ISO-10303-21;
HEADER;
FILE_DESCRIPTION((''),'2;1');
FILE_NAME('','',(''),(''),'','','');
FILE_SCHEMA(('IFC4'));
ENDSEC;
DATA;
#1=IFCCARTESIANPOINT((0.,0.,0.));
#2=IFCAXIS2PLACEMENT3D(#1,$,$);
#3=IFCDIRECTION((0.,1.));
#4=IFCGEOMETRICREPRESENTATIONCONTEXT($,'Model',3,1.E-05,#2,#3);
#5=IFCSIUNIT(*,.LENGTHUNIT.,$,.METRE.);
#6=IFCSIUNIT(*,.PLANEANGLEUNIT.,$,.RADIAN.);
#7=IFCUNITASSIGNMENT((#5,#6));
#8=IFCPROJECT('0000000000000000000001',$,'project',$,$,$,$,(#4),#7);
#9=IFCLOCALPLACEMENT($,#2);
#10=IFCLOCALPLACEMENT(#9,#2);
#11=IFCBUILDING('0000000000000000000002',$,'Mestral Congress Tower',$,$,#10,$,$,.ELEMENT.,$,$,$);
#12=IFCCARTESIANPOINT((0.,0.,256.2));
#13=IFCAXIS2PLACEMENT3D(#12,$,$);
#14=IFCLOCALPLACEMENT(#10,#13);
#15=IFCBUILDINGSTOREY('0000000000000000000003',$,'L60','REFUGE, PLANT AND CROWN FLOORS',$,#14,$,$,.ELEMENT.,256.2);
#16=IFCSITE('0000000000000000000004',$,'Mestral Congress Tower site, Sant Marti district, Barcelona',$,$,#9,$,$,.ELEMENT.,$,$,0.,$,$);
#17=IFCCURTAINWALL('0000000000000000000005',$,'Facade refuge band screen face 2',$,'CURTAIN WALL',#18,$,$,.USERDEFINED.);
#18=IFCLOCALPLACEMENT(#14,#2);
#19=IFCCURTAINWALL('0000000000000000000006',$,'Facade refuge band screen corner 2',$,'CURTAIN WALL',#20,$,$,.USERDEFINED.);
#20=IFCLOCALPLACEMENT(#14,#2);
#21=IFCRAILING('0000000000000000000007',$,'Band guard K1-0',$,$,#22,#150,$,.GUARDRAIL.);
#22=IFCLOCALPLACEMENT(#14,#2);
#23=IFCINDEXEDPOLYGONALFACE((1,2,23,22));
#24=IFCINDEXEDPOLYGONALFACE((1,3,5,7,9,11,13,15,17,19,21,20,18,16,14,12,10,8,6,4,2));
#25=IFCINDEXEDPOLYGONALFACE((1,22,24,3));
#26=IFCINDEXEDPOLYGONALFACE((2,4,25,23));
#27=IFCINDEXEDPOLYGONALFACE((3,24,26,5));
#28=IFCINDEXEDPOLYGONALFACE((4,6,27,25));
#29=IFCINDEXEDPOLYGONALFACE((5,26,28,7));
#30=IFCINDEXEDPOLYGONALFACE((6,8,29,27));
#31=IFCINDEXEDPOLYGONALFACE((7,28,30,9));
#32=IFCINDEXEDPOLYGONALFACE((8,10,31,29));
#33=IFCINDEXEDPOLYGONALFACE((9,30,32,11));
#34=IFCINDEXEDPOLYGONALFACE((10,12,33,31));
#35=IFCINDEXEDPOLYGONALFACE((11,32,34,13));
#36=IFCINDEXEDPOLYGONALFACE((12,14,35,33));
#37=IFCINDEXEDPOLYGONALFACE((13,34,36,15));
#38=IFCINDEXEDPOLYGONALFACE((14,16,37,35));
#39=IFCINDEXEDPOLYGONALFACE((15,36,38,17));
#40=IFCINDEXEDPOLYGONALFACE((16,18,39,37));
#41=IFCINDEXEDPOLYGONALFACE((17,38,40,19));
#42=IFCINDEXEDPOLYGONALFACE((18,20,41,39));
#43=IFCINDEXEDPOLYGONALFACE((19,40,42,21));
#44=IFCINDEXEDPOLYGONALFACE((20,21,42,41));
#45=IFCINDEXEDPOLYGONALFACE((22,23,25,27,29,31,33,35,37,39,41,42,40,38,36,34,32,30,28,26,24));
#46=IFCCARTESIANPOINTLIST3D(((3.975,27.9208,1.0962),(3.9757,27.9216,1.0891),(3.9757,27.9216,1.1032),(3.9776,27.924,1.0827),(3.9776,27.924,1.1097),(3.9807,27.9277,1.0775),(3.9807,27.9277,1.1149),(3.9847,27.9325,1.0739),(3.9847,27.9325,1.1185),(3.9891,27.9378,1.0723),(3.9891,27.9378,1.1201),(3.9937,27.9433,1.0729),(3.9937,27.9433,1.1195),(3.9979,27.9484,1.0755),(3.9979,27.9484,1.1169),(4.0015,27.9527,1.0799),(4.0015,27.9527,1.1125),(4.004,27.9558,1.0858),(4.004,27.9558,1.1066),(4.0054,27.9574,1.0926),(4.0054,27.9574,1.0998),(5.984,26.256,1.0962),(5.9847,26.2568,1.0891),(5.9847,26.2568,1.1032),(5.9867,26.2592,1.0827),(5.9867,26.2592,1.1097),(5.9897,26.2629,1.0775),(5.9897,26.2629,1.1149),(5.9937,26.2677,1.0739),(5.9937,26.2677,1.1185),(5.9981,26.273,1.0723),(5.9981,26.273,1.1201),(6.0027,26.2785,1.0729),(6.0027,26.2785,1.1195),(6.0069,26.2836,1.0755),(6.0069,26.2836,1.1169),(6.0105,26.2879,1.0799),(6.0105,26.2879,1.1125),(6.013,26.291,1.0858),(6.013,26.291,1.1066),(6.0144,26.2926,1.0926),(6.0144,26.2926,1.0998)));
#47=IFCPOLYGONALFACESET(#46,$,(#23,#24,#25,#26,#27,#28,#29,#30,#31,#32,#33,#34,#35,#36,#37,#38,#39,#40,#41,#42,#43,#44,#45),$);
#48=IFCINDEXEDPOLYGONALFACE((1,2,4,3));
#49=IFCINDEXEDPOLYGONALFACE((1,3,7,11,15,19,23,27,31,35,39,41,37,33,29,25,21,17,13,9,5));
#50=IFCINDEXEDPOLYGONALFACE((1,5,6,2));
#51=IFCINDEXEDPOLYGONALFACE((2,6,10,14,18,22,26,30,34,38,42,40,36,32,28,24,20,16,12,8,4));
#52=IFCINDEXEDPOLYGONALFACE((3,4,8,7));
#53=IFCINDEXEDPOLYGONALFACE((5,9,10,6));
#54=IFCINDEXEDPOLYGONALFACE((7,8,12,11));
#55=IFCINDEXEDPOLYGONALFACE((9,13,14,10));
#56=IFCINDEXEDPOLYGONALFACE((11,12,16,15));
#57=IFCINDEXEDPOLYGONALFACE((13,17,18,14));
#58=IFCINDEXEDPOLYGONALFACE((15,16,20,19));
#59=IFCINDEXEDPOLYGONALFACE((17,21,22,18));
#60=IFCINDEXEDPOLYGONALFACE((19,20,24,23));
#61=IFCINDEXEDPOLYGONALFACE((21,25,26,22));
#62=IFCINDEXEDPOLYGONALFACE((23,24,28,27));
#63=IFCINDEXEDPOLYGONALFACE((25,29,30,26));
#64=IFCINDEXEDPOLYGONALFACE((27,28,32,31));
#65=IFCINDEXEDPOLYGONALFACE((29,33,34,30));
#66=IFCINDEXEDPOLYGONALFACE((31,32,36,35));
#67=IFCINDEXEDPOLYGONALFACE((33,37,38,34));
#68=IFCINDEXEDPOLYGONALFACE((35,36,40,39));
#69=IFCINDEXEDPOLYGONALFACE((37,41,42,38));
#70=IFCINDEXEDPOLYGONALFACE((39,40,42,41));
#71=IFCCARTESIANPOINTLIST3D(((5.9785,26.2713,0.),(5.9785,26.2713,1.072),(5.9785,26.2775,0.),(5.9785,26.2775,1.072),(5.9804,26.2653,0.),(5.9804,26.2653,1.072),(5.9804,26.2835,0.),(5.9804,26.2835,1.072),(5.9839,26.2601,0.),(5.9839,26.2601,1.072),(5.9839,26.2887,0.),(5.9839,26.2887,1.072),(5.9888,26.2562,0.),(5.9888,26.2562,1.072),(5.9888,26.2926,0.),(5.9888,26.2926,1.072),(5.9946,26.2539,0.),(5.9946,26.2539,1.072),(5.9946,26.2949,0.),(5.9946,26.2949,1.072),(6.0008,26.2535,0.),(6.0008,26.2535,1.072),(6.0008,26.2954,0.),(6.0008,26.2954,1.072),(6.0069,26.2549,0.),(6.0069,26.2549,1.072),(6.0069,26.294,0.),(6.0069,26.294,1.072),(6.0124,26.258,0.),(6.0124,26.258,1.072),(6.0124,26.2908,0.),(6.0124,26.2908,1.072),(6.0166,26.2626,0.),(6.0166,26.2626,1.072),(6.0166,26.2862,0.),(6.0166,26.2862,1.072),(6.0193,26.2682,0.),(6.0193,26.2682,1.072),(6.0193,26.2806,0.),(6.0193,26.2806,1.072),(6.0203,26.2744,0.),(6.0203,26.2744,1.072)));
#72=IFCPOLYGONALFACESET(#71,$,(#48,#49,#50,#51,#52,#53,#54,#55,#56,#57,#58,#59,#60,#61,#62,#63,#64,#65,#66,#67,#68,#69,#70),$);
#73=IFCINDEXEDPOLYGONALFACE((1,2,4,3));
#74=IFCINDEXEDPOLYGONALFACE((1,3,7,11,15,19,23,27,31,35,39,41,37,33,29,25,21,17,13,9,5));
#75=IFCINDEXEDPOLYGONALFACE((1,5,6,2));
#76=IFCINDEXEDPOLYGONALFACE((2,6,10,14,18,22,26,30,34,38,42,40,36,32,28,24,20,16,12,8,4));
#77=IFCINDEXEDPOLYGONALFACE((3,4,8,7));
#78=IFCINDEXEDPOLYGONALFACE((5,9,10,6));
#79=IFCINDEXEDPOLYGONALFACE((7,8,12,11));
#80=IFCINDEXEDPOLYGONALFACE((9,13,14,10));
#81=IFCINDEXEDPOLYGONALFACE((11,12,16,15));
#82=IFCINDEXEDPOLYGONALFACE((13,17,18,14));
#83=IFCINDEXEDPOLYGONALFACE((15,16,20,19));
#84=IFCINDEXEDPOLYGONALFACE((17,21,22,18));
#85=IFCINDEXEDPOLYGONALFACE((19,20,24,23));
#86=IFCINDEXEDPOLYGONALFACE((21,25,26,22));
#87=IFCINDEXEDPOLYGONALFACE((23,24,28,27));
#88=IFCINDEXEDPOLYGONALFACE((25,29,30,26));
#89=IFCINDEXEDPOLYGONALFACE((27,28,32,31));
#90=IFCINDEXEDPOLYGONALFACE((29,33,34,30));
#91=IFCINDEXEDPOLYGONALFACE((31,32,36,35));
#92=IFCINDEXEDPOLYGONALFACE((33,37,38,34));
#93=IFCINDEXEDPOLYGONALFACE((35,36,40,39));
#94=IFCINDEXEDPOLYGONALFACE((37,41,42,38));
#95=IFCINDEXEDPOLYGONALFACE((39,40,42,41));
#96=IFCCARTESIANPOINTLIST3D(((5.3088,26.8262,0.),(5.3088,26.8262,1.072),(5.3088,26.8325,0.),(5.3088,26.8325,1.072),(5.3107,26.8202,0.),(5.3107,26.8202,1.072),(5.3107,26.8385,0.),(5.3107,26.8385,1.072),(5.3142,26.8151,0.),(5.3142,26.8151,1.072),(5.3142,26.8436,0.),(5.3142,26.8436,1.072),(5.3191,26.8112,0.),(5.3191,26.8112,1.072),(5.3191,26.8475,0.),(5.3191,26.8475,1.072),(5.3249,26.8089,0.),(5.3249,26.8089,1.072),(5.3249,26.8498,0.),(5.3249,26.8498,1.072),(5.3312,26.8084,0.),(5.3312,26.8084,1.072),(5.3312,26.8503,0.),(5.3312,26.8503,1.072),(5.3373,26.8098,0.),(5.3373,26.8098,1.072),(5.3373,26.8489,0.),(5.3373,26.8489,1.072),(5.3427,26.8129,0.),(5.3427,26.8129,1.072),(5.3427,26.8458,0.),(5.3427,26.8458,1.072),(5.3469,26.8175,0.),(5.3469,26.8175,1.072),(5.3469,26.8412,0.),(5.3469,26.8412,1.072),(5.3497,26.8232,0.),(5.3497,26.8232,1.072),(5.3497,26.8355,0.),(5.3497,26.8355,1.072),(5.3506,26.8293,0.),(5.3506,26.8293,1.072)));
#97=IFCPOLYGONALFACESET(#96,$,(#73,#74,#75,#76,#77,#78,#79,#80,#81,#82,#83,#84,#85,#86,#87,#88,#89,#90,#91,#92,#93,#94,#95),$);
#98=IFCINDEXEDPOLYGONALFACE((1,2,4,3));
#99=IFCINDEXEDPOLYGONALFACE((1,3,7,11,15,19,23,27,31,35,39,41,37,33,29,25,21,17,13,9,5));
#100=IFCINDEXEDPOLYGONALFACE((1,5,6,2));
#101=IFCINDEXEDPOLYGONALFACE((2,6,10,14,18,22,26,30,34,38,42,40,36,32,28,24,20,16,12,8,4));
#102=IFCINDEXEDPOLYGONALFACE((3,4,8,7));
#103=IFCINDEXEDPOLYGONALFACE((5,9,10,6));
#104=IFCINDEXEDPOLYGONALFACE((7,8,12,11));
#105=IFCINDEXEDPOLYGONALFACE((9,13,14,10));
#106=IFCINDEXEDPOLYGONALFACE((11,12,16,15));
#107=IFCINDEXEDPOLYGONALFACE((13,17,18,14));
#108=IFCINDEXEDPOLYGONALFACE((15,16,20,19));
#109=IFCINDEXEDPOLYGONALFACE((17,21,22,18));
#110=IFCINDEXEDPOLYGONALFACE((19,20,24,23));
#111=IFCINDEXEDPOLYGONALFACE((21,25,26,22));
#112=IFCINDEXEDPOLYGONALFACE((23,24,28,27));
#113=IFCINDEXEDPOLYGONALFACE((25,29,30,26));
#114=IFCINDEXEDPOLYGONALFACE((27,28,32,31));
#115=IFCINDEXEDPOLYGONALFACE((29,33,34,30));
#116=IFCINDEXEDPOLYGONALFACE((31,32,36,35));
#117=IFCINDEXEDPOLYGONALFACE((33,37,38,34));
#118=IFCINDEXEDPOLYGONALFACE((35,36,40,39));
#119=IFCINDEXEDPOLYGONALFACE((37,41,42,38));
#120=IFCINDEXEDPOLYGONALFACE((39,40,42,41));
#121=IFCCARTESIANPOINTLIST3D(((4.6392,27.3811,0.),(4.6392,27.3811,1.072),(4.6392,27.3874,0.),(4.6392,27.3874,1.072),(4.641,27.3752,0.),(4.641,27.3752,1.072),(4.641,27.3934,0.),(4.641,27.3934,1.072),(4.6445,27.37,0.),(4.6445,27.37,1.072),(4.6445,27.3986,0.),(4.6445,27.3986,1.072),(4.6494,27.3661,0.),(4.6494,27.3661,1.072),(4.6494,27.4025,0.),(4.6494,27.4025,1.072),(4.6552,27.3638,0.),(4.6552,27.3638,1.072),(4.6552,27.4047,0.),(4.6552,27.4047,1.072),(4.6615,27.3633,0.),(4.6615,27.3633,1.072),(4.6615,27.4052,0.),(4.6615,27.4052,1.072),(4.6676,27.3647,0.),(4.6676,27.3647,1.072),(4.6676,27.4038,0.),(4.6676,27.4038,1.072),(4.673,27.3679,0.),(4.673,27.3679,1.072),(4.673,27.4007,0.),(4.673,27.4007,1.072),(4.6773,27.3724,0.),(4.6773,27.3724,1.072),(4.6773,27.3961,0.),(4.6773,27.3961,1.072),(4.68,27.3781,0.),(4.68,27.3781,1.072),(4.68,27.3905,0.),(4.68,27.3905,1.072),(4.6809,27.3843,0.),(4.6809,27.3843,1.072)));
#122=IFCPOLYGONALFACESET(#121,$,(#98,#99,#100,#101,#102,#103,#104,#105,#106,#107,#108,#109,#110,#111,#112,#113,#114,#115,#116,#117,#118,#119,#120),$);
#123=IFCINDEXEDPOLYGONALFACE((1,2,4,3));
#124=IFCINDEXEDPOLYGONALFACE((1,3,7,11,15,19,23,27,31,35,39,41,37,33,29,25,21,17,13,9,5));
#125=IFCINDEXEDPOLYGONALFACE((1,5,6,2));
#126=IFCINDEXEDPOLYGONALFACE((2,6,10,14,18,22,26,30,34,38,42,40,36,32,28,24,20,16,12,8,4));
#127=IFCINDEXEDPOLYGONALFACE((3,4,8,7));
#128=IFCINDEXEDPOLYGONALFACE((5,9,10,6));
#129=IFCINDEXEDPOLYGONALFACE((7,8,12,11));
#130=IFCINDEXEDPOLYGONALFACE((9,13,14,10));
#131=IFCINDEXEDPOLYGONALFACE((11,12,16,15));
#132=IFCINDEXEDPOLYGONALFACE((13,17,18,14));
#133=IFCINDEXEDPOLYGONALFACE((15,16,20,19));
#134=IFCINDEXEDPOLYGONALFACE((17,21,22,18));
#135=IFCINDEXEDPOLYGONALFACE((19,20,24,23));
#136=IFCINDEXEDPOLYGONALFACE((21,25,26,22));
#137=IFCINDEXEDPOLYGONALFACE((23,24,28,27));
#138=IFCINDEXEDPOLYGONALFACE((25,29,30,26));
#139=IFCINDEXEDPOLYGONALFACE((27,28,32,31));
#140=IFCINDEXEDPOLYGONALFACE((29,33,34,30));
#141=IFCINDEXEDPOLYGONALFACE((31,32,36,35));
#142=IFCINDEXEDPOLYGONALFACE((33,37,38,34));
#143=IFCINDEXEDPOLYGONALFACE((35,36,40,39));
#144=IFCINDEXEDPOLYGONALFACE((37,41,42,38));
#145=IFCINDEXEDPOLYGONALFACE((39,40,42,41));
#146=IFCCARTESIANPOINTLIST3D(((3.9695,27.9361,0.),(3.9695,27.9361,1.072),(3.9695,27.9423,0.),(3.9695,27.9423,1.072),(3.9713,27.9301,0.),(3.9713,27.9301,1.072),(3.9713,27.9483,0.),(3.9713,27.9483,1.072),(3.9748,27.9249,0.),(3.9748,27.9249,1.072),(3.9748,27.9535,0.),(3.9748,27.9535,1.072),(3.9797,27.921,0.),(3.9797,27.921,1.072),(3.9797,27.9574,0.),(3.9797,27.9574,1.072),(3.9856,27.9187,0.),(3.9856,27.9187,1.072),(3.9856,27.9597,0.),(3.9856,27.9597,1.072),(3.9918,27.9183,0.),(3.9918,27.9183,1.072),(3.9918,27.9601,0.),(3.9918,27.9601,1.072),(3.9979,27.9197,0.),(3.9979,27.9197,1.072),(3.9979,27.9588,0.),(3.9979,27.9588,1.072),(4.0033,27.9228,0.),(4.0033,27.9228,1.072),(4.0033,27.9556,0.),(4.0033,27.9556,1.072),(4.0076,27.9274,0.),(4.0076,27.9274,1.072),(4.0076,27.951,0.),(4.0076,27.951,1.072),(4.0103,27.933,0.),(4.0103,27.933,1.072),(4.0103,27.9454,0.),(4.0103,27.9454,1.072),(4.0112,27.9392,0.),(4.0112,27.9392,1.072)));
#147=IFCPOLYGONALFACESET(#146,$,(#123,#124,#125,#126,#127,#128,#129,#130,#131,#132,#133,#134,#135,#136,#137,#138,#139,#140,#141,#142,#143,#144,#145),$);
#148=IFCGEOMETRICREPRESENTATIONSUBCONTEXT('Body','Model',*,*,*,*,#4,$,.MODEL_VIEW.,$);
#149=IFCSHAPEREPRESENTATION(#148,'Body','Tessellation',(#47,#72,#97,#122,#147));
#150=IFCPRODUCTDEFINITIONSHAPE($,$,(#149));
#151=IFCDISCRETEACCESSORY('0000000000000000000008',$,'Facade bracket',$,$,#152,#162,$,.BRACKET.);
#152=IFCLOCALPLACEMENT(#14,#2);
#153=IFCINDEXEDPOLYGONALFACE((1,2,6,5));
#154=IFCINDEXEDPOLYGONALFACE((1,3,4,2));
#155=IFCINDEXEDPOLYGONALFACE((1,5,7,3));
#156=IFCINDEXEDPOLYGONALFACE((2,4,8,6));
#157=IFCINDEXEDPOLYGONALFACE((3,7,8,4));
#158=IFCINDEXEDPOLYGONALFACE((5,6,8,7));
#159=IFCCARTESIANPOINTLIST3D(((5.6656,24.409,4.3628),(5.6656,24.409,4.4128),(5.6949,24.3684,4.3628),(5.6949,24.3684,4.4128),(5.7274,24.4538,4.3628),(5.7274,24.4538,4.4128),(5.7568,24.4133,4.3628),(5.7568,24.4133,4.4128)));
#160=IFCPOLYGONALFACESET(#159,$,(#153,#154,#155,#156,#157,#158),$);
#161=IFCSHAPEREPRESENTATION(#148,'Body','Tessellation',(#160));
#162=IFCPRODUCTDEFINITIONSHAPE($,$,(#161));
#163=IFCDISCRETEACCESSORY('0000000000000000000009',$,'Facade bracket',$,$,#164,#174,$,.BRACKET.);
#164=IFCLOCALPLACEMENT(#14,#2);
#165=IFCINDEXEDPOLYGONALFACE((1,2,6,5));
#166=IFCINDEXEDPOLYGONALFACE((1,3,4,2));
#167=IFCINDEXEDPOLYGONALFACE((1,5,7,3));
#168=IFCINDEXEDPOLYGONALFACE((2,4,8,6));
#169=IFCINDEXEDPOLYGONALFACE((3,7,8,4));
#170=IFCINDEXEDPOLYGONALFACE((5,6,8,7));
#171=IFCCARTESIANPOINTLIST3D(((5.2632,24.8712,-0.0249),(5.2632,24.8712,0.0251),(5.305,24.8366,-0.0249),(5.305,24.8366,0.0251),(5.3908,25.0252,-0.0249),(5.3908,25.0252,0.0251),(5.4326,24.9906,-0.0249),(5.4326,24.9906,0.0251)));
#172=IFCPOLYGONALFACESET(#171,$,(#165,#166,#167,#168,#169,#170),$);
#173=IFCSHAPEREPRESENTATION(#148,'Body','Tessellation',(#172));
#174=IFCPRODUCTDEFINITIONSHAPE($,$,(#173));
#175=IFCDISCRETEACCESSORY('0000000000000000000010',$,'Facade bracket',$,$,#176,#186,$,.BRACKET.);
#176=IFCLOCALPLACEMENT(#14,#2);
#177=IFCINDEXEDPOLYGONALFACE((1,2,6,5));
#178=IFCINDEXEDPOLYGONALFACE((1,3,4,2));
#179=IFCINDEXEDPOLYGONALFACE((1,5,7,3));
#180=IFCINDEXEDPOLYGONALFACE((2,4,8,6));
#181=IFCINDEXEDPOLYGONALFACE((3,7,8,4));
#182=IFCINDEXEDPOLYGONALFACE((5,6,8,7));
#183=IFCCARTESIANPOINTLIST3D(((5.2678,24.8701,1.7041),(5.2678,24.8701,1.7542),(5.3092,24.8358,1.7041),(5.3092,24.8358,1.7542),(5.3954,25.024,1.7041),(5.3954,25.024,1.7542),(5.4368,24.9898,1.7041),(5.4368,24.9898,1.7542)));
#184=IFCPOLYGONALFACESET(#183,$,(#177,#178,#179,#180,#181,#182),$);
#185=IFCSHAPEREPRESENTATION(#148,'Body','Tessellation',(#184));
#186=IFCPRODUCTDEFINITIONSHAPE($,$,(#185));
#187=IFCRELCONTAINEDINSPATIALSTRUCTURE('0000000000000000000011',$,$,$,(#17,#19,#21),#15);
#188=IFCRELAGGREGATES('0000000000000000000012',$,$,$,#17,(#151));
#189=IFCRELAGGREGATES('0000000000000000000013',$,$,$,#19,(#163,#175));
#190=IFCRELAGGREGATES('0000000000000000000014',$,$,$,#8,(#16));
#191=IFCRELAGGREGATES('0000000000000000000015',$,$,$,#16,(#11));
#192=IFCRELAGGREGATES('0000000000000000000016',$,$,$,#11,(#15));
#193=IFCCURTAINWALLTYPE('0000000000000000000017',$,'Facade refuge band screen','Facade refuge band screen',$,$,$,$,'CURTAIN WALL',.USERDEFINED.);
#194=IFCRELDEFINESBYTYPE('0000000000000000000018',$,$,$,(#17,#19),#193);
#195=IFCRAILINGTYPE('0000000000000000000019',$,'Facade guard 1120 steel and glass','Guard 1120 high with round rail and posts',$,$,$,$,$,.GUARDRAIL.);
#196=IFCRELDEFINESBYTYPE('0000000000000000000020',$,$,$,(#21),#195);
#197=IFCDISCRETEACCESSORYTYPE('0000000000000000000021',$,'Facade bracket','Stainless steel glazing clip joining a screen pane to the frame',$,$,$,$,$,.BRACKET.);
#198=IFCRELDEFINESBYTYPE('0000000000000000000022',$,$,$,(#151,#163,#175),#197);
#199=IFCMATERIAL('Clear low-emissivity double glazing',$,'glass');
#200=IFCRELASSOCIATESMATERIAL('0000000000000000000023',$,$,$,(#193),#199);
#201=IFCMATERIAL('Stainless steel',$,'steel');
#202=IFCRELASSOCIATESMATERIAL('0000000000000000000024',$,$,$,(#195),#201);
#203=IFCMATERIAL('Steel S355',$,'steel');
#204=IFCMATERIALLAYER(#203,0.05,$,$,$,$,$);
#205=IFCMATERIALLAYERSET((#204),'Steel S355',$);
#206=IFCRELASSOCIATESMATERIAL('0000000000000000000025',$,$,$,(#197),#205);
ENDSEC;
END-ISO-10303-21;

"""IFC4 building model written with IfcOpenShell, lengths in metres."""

from ifc_helpers import new_model, si_unit, direction, frame, origin, origin_2d, place, context, subcontext, project, spatial, rectangle, circle, extrude, material, layer, layer_set, type_object, element, aggregate, save


model = new_model("IFC4")

# Units and contexts
model_context = context("Model", 3, precision=1e-05, world=origin(), true_north=direction((0.0, 1.0)))
body_context = subcontext(model_context, "Body", "Model", "MODEL_VIEW")
ifc_project = project(units=[si_unit("LENGTHUNIT", "METRE"), si_unit("PLANEANGLEUNIT", "RADIAN")], contexts=[model_context])

# Site, building, storey
site_placement = place(None, origin())
site = spatial("IfcSite", under=ifc_project, at=site_placement, Name="Mestral Congress Tower site, Sant Marti district, Barcelona", CompositionType="ELEMENT", RefElevation=0.0)
building_placement = place(site_placement, origin())
building = spatial("IfcBuilding", under=site, at=building_placement, Name="Mestral Congress Tower", CompositionType="ELEMENT")
storey_placement = place(building_placement, frame((0.0, 0.0, 256.2)))
storey = spatial("IfcBuildingStorey", under=building, at=storey_placement, Name="L60", Description="REFUGE, PLANT AND CROWN FLOORS", CompositionType="ELEMENT", Elevation=256.2)

# Shared definitions
ifc_material_1 = material(Name="Steel S355", Category="steel")

# Curtain walls
ifc_material_2 = material(Name="Clear low-emissivity double glazing", Category="glass")
curtain_wall_type = type_object("IfcCurtainWallType", Name="Facade refuge band screen", Description="Facade refuge band screen", ElementType="CURTAIN WALL", PredefinedType="USERDEFINED", material=ifc_material_2)
placement = place(storey_placement, origin())
curtain_wall_1 = element("IfcCurtainWall", 1, at=placement, inside=storey, type_object=curtain_wall_type, Name="Facade refuge band screen face 2", ObjectType="CURTAIN WALL", PredefinedType="USERDEFINED")
curtain_wall_2 = element("IfcCurtainWall", 2, at=placement, inside=storey, type_object=curtain_wall_type, Name="Facade refuge band screen corner 2", ObjectType="CURTAIN WALL", PredefinedType="USERDEFINED")

# Railing
ifc_material_3 = material(Name="Stainless steel", Category="steel")
railing_type = type_object("IfcRailingType", Name="Facade guard 1120 steel and glass", Description="Guard 1120 high with round rail and posts", PredefinedType="GUARDRAIL", material=ifc_material_3)
railing_placement = place(storey_placement, frame((5.9993, 26.2744, 0.0)))
element("IfcRailing", 3, at=railing_placement, inside=storey, type_object=railing_type, Name="Band guard K1-0", PredefinedType="GUARDRAIL", context=body_context, shape_type="SweptSolid", body=[
    extrude(circle(Radius=0.0239, at=origin_2d()), frame((0.0, 0.0, 1.0962), z_axis=(-0.76999, 0.638056, 0.0), x_axis=(-0.638056, -0.76999, 0.0)), (0.0, 0.0, 1.0), 2.6091),
    extrude(circle(Radius=0.021, at=origin_2d()), origin(), (0.0, 0.0, 1.0), 1.072),
    extrude(circle(Radius=0.021, at=origin_2d()), frame((-0.6697, 0.5549, 0.0)), (0.0, 0.0, 1.0), 1.072),
    extrude(circle(Radius=0.021, at=origin_2d()), frame((-1.3394, 1.1099, 0.0)), (0.0, 0.0, 1.0), 1.072),
    extrude(circle(Radius=0.021, at=origin_2d()), frame((-2.009, 1.6648, 0.0)), (0.0, 0.0, 1.0), 1.072),
])

# Discrete accessories
ifc_layer_1 = layer(ifc_material_1, 0.05)
ifc_layer_set_1 = layer_set([ifc_layer_1], Name="Steel S355")
discrete_accessory_type = type_object("IfcDiscreteAccessoryType", Name="Facade bracket", Description="Stainless steel glazing clip joining a screen pane to the frame", PredefinedType="BRACKET", material=ifc_layer_set_1)
discrete_accessory_1_placement = place(storey_placement, frame((5.7112, 24.4111, 4.3628), z_axis=(0.0, 0.0, 1.0), x_axis=(-0.587025, 0.809569, 0.0)))
discrete_accessory_1 = element("IfcDiscreteAccessory", 4, at=discrete_accessory_1_placement, type_object=discrete_accessory_type, Name="Facade bracket", PredefinedType="BRACKET", context=body_context, shape_type="SweptSolid", body=[
    extrude(rectangle(XDim=0.05, YDim=0.0764, at=origin_2d()), origin(), (0.0, 0.0, 1.0), 0.05),
])
aggregate(curtain_wall_1, [discrete_accessory_1])
discrete_accessory_2_placement = place(storey_placement, frame((5.3479, 24.9309, -0.0249), z_axis=(0.0, 0.0, 1.0), x_axis=(-0.76997, 0.63808, 0.0)))
discrete_accessory_2 = element("IfcDiscreteAccessory", 5, at=discrete_accessory_2_placement, type_object=discrete_accessory_type, Name="Facade bracket", PredefinedType="BRACKET", context=body_context, shape_type="SweptSolid", body=[
    extrude(rectangle(XDim=0.0542, YDim=0.2, at=origin_2d()), origin(), (0.0, 0.0, 1.0), 0.05),
])
discrete_accessory_3_placement = place(storey_placement, frame((5.3523, 24.9299, 1.7041), z_axis=(0.0, 0.0, 1.0), x_axis=(-0.769863, 0.638209, 0.0)))
discrete_accessory_3 = element("IfcDiscreteAccessory", 6, at=discrete_accessory_3_placement, type_object=discrete_accessory_type, Name="Facade bracket", PredefinedType="BRACKET", context=body_context, shape_type="SweptSolid", body=[
    extrude(rectangle(XDim=0.0537, YDim=0.2, at=origin_2d()), origin(), (0.0, 0.0, 1.0), 0.05),
])
aggregate(curtain_wall_2, [discrete_accessory_2, discrete_accessory_3])

save(model, "model.ifc")
